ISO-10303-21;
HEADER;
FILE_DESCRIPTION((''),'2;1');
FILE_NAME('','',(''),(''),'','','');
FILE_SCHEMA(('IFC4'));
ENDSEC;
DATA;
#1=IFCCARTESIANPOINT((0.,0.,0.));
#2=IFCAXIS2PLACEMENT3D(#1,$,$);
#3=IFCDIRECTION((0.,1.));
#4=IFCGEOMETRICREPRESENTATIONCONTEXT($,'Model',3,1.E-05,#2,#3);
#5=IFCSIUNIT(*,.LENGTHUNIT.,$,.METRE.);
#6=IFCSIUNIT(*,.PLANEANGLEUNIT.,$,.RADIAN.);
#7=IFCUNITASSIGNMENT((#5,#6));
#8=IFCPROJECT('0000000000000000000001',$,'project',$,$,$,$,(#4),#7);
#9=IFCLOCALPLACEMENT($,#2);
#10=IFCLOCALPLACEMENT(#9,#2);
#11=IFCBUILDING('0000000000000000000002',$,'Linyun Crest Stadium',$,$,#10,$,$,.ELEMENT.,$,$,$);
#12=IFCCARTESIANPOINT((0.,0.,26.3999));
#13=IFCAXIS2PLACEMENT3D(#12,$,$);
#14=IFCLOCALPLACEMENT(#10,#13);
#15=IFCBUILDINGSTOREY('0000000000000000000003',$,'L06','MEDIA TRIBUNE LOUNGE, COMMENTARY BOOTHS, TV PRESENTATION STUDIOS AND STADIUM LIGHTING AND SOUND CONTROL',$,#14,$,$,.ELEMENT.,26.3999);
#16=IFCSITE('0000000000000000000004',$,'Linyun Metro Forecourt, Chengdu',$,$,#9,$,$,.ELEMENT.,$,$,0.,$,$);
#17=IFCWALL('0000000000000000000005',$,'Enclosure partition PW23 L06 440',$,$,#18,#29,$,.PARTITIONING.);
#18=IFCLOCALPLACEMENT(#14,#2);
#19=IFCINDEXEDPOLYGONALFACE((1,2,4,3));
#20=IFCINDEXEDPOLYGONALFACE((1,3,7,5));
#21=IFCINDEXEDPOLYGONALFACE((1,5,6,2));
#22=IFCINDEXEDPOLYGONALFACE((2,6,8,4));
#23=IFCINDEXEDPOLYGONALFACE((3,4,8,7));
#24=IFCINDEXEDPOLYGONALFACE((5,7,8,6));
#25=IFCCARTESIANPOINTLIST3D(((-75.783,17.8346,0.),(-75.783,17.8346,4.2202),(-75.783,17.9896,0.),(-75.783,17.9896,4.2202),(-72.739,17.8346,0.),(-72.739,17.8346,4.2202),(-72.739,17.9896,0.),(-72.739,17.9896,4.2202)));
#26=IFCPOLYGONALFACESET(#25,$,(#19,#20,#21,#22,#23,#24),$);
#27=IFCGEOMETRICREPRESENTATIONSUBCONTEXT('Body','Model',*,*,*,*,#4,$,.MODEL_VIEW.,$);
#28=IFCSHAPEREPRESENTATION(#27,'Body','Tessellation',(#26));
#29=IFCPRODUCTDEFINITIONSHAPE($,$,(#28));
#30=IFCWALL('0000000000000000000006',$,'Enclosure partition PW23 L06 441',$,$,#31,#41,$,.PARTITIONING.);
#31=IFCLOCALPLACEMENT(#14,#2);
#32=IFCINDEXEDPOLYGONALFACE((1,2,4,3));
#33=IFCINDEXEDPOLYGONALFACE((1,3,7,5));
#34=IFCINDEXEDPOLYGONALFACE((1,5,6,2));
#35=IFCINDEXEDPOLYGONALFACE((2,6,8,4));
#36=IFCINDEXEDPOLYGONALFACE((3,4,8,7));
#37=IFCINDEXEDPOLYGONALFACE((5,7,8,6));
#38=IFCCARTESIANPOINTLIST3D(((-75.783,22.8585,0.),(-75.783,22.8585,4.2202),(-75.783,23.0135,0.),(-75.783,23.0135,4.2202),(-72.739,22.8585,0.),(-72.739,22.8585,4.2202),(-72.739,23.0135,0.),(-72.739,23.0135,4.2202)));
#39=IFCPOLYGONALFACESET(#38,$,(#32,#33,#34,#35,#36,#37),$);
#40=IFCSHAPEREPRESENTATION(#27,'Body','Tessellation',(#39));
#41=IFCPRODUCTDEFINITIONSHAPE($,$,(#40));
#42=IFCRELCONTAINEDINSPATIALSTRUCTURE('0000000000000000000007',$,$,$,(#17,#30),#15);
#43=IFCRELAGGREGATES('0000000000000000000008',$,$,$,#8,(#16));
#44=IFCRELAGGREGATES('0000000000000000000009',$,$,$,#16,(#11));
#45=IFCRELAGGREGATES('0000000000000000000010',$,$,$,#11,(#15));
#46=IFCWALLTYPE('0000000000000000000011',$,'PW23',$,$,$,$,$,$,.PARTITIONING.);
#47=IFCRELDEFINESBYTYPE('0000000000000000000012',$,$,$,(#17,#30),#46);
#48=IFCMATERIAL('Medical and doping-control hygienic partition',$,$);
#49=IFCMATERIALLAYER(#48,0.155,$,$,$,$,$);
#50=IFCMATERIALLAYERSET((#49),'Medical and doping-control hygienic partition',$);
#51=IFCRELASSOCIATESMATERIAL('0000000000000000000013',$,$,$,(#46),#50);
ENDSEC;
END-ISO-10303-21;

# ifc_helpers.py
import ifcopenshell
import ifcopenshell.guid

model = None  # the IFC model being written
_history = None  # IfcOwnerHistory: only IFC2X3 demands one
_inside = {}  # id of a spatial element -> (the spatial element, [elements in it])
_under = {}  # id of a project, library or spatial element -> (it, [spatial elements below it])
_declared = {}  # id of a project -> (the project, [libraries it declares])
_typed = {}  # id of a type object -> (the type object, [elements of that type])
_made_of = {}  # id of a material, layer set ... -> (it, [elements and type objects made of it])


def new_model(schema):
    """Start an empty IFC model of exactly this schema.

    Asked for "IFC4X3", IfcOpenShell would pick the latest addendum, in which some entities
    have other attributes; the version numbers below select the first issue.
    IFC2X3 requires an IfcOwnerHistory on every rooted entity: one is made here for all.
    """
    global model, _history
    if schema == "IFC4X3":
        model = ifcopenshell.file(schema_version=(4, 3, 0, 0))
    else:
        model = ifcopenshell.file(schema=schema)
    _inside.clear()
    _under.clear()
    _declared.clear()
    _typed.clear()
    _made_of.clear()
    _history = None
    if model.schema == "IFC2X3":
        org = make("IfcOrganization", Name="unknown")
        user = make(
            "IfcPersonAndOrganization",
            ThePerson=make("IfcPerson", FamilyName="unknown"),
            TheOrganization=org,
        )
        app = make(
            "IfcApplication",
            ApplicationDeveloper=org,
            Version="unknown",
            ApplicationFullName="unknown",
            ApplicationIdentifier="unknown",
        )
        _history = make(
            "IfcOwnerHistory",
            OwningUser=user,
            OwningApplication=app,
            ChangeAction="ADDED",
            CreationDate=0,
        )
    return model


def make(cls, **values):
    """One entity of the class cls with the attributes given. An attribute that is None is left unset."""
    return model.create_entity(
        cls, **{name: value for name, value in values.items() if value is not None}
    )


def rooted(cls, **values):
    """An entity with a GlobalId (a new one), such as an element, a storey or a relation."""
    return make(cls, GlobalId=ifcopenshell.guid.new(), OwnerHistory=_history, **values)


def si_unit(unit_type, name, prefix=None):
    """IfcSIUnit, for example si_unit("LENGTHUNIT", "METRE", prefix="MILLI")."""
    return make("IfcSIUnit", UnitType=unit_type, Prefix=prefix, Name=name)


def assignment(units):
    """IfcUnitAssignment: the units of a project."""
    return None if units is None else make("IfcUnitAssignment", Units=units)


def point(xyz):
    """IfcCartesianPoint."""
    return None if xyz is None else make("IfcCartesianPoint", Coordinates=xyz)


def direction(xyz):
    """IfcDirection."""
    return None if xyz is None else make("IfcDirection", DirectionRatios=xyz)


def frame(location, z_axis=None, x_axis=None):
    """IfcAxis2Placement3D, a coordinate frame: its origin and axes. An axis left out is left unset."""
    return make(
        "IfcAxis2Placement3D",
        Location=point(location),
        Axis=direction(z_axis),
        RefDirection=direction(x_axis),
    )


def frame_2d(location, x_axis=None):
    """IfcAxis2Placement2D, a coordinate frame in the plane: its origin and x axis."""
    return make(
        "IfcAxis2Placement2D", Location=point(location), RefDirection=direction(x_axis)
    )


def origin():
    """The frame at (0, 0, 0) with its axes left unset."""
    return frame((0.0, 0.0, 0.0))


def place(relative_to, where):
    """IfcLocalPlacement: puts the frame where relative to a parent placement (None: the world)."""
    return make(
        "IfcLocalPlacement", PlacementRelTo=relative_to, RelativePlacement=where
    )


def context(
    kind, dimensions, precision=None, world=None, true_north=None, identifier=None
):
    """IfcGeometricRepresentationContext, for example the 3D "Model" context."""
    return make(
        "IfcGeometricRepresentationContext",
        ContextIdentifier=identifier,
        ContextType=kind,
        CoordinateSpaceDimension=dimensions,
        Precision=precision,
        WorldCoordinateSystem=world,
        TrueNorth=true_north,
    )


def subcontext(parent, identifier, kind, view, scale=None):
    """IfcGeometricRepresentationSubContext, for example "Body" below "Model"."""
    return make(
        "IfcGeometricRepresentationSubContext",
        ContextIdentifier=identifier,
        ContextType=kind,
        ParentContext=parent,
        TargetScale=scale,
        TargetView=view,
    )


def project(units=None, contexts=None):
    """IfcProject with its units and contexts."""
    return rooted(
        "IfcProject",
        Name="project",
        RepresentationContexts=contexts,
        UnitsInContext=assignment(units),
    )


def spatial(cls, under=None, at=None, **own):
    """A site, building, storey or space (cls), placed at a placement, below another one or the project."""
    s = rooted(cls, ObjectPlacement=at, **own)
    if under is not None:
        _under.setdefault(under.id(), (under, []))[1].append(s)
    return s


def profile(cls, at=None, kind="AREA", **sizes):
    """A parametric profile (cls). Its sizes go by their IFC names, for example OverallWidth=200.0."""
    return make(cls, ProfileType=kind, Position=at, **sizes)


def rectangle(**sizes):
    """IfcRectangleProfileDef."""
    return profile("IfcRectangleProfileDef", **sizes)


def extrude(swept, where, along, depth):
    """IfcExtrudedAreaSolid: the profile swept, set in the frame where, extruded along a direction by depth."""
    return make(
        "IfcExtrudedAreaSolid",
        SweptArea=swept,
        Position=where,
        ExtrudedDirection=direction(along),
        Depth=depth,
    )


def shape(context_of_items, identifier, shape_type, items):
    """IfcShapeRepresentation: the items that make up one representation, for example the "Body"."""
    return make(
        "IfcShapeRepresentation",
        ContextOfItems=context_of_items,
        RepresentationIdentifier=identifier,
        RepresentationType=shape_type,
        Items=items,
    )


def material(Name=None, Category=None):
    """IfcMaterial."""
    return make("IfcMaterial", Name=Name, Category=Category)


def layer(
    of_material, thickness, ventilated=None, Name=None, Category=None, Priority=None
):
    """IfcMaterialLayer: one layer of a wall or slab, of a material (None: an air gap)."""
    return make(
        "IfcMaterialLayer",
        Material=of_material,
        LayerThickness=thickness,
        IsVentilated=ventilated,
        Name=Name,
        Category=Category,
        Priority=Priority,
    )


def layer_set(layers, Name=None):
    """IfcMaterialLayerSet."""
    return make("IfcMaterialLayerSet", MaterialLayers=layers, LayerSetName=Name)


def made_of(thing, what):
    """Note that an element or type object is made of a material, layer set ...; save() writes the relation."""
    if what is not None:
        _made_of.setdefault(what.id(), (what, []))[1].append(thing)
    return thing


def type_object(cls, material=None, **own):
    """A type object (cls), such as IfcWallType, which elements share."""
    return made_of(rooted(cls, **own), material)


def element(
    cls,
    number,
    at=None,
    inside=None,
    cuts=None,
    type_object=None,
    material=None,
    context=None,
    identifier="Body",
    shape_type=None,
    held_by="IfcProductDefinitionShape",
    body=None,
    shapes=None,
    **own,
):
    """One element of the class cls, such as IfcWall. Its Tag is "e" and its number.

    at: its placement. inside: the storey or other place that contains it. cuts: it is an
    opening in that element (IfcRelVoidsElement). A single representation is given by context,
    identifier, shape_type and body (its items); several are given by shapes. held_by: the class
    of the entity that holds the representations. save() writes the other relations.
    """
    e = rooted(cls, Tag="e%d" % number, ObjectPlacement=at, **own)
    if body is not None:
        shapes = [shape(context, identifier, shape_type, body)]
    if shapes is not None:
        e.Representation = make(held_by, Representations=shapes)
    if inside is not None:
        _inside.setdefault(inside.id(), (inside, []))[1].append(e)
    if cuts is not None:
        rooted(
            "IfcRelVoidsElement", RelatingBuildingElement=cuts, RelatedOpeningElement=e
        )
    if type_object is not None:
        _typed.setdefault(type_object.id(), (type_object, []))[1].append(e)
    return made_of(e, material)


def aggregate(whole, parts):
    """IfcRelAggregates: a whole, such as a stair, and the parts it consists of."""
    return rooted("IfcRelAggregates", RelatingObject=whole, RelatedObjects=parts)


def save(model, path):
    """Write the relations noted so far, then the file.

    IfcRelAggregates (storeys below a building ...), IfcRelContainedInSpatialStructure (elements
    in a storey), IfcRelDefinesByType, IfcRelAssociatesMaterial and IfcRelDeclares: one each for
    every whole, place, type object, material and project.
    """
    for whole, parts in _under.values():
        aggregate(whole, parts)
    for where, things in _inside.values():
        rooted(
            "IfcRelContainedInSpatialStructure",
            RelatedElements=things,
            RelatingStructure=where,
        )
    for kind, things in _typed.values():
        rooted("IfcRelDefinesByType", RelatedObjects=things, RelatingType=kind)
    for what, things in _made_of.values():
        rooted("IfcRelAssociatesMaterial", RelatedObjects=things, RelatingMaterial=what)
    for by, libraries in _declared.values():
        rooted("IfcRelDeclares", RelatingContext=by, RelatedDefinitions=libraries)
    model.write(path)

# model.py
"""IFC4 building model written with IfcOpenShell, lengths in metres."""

from ifc_helpers import new_model, si_unit, direction, frame, frame_2d, origin, place, context, subcontext, project, spatial, rectangle, extrude, material, layer, layer_set, type_object, element, save


model = new_model("IFC4")

# Units and contexts
model_context = context("Model", 3, precision=1e-05, world=origin(), true_north=direction((0.0, 1.0)))
body_context = subcontext(model_context, "Body", "Model", "MODEL_VIEW")
ifc_project = project(units=[si_unit("LENGTHUNIT", "METRE"), si_unit("PLANEANGLEUNIT", "RADIAN")], contexts=[model_context])

# Site, building, storey
site_placement = place(None, origin())
site = spatial("IfcSite", under=ifc_project, at=site_placement, Name="Linyun Metro Forecourt, Chengdu", CompositionType="ELEMENT", RefElevation=0.0)
building_placement = place(site_placement, origin())
building = spatial("IfcBuilding", under=site, at=building_placement, Name="Linyun Crest Stadium", CompositionType="ELEMENT")
storey_placement = place(building_placement, frame((0.0, 0.0, 26.3999)))
storey = spatial("IfcBuildingStorey", under=building, at=storey_placement, Name="L06", Description="MEDIA TRIBUNE LOUNGE, COMMENTARY BOOTHS, TV PRESENTATION STUDIOS AND STADIUM LIGHTING AND SOUND CONTROL", CompositionType="ELEMENT", Elevation=26.3999)

# Shared definitions
ifc_material_1 = material(Name="Medical and doping-control hygienic partition")
ifc_layer_1 = layer(ifc_material_1, 0.155)
ifc_layer_set_1 = layer_set([ifc_layer_1], Name="Medical and doping-control hygienic partition")
wall_type = type_object("IfcWallType", Name="PW23", PredefinedType="PARTITIONING", material=ifc_layer_set_1)

# Walls
for number, where, z_axis, x_axis, name in (
    (1, (-75.783, 17.9121, 0.0), (0.0, 0.0, 1.0), (1.0, 0.0, 0.0), "Enclosure partition PW23 L06 440"),
    (2, (-75.783, 22.936, 0.0), (0.0, 0.0, 1.0), (1.0, 0.0, 0.0), "Enclosure partition PW23 L06 441"),
):
    element("IfcWall", number, at=place(storey_placement, frame(where, z_axis=z_axis, x_axis=x_axis)), inside=storey, type_object=wall_type, Name=name, PredefinedType="PARTITIONING", context=body_context, shape_type="SweptSolid", body=[
        extrude(rectangle(XDim=3.0439, YDim=0.155, at=frame_2d((1.522, 0.0))), origin(), (0.0, 0.0, 1.0), 4.2202),
    ])

save(model, "model.ifc")
